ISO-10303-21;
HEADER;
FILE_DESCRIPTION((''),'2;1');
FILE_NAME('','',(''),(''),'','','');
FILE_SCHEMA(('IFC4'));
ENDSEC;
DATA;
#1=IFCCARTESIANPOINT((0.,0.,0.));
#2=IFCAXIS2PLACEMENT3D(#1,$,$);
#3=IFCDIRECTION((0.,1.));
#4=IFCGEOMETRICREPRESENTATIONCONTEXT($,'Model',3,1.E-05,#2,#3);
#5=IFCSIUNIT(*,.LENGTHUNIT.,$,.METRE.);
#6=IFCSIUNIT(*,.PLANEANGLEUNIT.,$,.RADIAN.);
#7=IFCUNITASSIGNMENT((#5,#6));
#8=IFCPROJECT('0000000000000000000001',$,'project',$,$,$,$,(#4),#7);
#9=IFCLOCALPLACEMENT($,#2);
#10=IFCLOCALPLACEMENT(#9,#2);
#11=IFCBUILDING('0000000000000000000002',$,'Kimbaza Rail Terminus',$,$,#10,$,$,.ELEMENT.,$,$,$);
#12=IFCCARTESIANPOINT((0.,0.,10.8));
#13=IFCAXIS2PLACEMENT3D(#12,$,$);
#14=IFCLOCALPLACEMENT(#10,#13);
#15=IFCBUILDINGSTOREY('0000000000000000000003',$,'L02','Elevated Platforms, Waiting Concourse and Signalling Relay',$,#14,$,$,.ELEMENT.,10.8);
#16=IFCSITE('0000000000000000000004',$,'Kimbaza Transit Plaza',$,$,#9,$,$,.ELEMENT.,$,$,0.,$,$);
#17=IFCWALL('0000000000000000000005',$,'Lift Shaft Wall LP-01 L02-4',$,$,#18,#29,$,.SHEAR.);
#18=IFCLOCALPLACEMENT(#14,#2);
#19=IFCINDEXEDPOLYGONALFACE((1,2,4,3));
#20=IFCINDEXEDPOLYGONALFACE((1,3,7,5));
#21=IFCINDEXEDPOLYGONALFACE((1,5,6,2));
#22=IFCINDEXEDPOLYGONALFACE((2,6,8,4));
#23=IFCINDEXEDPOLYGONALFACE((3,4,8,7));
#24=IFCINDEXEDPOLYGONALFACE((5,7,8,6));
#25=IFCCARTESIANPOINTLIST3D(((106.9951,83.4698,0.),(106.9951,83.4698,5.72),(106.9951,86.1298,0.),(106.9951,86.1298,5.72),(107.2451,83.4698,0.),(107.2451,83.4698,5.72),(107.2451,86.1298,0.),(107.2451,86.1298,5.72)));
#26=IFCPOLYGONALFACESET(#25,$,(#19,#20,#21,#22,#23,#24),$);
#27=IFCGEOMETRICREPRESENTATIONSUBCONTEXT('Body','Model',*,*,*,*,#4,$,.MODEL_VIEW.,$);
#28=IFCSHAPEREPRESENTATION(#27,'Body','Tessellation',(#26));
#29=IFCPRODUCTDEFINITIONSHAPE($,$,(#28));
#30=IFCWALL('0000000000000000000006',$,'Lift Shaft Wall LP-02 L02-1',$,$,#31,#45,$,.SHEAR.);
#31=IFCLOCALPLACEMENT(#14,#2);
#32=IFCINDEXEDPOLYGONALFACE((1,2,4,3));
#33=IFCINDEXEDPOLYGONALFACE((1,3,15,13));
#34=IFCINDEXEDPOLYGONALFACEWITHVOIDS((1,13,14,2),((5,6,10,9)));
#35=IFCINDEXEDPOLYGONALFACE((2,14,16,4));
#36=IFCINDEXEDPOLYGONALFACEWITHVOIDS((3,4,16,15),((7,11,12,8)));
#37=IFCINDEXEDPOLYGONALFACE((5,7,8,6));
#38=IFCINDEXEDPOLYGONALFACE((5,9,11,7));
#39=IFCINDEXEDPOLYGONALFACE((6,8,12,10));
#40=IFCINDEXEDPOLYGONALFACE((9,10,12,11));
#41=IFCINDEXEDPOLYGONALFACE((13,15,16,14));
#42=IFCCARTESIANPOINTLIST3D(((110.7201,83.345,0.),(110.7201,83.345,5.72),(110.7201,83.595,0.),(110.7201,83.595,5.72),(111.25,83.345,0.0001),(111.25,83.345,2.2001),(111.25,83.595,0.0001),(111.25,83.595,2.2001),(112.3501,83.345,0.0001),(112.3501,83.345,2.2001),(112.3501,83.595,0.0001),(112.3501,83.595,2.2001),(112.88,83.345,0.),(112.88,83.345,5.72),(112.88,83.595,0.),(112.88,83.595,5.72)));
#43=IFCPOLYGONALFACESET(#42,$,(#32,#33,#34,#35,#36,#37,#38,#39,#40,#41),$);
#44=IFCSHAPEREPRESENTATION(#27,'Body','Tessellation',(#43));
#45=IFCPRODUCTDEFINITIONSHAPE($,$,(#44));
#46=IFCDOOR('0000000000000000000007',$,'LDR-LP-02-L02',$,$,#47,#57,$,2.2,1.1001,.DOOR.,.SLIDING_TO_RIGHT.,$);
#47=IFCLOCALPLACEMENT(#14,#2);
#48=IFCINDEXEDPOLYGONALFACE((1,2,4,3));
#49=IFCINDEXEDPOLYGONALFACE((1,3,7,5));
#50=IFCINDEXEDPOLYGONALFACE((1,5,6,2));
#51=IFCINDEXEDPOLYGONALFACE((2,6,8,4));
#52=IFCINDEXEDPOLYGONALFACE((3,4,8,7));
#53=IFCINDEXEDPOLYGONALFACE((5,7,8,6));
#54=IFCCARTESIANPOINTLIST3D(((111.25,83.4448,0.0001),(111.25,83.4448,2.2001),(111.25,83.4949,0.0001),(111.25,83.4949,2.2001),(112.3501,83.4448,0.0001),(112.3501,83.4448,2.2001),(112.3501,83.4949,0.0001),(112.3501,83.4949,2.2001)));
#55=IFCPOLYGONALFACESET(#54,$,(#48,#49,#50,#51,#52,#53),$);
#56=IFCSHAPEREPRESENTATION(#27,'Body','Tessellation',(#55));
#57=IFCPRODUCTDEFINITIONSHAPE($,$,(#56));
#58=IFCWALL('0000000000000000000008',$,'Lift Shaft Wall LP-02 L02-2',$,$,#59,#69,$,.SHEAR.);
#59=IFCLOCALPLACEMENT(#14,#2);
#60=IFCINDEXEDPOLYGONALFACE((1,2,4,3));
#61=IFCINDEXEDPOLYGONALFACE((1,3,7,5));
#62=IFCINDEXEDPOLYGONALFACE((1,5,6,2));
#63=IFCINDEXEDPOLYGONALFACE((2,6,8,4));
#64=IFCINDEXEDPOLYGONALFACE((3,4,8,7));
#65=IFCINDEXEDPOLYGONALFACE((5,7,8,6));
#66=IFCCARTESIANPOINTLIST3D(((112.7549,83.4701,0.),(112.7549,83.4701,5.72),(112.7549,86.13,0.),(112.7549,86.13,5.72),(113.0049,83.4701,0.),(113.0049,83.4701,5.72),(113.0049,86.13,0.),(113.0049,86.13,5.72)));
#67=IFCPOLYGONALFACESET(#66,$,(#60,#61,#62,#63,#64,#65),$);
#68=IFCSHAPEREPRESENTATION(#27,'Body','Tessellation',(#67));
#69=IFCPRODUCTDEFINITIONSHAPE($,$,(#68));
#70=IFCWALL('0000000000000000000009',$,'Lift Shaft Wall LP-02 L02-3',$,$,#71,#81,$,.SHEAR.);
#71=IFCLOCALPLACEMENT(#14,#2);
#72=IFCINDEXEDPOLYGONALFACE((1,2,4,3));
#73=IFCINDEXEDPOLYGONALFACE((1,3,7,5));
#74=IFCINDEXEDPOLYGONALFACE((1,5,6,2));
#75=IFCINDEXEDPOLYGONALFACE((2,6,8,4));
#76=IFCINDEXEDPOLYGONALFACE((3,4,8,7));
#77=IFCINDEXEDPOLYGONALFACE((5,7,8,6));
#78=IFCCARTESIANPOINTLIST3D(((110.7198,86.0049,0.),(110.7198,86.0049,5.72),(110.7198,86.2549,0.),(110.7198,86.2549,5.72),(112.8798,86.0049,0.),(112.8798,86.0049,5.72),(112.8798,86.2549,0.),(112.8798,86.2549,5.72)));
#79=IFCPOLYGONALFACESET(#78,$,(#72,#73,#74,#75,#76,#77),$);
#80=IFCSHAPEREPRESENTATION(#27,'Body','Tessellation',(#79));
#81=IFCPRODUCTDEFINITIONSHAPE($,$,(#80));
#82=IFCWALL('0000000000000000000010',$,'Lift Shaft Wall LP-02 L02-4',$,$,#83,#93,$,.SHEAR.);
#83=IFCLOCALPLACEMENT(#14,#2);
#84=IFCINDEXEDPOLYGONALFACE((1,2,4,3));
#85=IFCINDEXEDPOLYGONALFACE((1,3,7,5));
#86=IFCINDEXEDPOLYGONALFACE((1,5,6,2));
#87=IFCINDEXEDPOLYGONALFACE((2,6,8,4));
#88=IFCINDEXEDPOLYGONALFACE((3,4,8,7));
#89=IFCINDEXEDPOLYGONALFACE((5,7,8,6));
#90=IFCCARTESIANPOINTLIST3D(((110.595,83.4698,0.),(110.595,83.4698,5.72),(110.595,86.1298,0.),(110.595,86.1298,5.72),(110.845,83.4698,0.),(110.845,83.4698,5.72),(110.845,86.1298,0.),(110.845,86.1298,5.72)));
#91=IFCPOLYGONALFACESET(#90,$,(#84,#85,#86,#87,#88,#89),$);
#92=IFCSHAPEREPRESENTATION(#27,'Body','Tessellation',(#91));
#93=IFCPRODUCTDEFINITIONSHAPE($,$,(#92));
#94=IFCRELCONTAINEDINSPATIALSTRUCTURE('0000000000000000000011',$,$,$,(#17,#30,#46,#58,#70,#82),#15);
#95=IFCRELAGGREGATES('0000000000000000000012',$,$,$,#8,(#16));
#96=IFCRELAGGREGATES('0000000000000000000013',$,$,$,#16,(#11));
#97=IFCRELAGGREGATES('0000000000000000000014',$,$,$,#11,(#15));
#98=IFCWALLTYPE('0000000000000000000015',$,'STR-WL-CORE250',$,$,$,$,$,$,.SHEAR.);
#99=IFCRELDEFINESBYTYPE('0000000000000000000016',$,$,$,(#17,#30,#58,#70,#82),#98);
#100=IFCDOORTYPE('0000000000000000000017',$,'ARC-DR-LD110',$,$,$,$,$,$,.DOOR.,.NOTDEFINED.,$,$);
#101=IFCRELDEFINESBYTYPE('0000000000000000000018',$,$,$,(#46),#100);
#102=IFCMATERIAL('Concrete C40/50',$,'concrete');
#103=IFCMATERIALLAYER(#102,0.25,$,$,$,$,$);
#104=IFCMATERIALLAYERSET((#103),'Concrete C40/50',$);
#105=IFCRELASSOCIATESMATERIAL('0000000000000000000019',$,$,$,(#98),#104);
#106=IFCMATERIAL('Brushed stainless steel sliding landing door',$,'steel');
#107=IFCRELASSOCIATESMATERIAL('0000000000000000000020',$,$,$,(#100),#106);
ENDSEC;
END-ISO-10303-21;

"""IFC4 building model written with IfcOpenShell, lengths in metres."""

from ifc_helpers import new_model, si_unit, direction, frame, frame_2d, origin, place, context, subcontext, project, spatial, rectangle, extrude, material, layer, layer_set, type_object, element, fill, save


model = new_model("IFC4")

# Units and contexts
model_context = context("Model", 3, precision=1e-05, world=origin(), true_north=direction((0.0, 1.0)))
body_context = subcontext(model_context, "Body", "Model", "MODEL_VIEW")
ifc_project = project(units=[si_unit("LENGTHUNIT", "METRE"), si_unit("PLANEANGLEUNIT", "RADIAN")], contexts=[model_context])

# Site, building, storey
site_placement = place(None, origin())
site = spatial("IfcSite", under=ifc_project, at=site_placement, Name="Kimbaza Transit Plaza", CompositionType="ELEMENT", RefElevation=0.0)
building_placement = place(site_placement, origin())
building = spatial("IfcBuilding", under=site, at=building_placement, Name="Kimbaza Rail Terminus", CompositionType="ELEMENT")
storey_placement = place(building_placement, frame((0.0, 0.0, 10.8)))
storey = spatial("IfcBuildingStorey", under=building, at=storey_placement, Name="L02", Description="Elevated Platforms, Waiting Concourse and Signalling Relay", CompositionType="ELEMENT", Elevation=10.8)

# Shared definitions
ifc_material_1 = material(Name="Concrete C40/50", Category="concrete")
ifc_layer_1 = layer(ifc_material_1, 0.25)
ifc_layer_set_1 = layer_set([ifc_layer_1], Name="Concrete C40/50")
wall_type = type_object("IfcWallType", Name="STR-WL-CORE250", PredefinedType="SHEAR", material=ifc_layer_set_1)
ifc_material_2 = material(Name="Brushed stainless steel sliding landing door", Category="steel")
door_type = type_object("IfcDoorType", Name="ARC-DR-LD110", OperationType="NOTDEFINED", PredefinedType="DOOR", material=ifc_material_2)

# Wall
wall_1_placement = place(storey_placement, frame((107.1201, 86.1299, 0.0), z_axis=(0.0, 0.0, 1.0), x_axis=(0.0, -1.0, 0.0)))
element("IfcWall", 1, at=wall_1_placement, inside=storey, type_object=wall_type, Name="Lift Shaft Wall LP-01 L02-4", PredefinedType="SHEAR", context=body_context, shape_type="SweptSolid", body=[
    extrude(rectangle(XDim=2.6599, YDim=0.25, at=frame_2d((1.3301, 0.0))), origin(), (0.0, 0.0, 1.0), 5.72),
])

# Wall, opening, door
wall_2_placement = place(storey_placement, frame((110.72, 83.47, 0.0), z_axis=(0.0, 0.0, 1.0), x_axis=(1.0, 0.0, 0.0)))
wall_2 = element("IfcWall", 2, at=wall_2_placement, inside=storey, type_object=wall_type, Name="Lift Shaft Wall LP-02 L02-1", PredefinedType="SHEAR", context=body_context, shape_type="SweptSolid", body=[
    extrude(rectangle(XDim=2.1599, YDim=0.25, at=frame_2d((1.0801, 0.0))), origin(), (0.0, 0.0, 1.0), 5.72),
])
opening_1_placement = place(wall_2_placement, frame((0.53, 0.0, 0.0)))
opening_1 = element("IfcOpeningElement", 3, at=opening_1_placement, cuts=wall_2, PredefinedType="OPENING", context=body_context, shape_type="SweptSolid", body=[
    extrude(rectangle(XDim=1.1001, YDim=2.2, at=frame_2d((0.55, 1.1001))), frame((0.0, 0.135, 0.0), z_axis=(0.0, -1.0, 0.0), x_axis=(1.0, 0.0, 0.0)), (0.0, 0.0, 1.0), 0.27),
])
door_1_placement = place(opening_1_placement, origin())
door_1 = element("IfcDoor", 4, at=door_1_placement, inside=storey, type_object=door_type, Name="LDR-LP-02-L02", OperationType="SLIDING_TO_RIGHT", OverallHeight=2.2, OverallWidth=1.1001, PredefinedType="DOOR", context=body_context, shape_type="SweptSolid", body=[
    extrude(rectangle(XDim=1.1001, YDim=2.2, at=frame_2d((0.55, 1.1001))), frame((0.0, 0.0249, 0.0), z_axis=(0.0, -1.0, 0.0), x_axis=(1.0, 0.0, 0.0)), (0.0, 0.0, 1.0), 0.05),
])
fill(opening_1, door_1)

# Walls
wall_3_placement = place(storey_placement, frame((112.8799, 83.47, 0.0), z_axis=(0.0, 0.0, 1.0), x_axis=(0.0, 1.0, 0.0)))
element("IfcWall", 5, at=wall_3_placement, inside=storey, type_object=wall_type, Name="Lift Shaft Wall LP-02 L02-2", PredefinedType="SHEAR", context=body_context, shape_type="SweptSolid", body=[
    extrude(rectangle(XDim=2.6599, YDim=0.25, at=frame_2d((1.3301, 0.0))), origin(), (0.0, 0.0, 1.0), 5.72),
])
wall_4_placement = place(storey_placement, frame((112.8799, 86.1299, 0.0), z_axis=(0.0, 0.0, 1.0), x_axis=(-1.0, 0.0, 0.0)))
element("IfcWall", 6, at=wall_4_placement, inside=storey, type_object=wall_type, Name="Lift Shaft Wall LP-02 L02-3", PredefinedType="SHEAR", context=body_context, shape_type="SweptSolid", body=[
    extrude(rectangle(XDim=2.1599, YDim=0.25, at=frame_2d((1.0801, 0.0))), origin(), (0.0, 0.0, 1.0), 5.72),
])
wall_5_placement = place(storey_placement, frame((110.72, 86.1299, 0.0), z_axis=(0.0, 0.0, 1.0), x_axis=(0.0, -1.0, 0.0)))
element("IfcWall", 7, at=wall_5_placement, inside=storey, type_object=wall_type, Name="Lift Shaft Wall LP-02 L02-4", PredefinedType="SHEAR", context=body_context, shape_type="SweptSolid", body=[
    extrude(rectangle(XDim=2.6599, YDim=0.25, at=frame_2d((1.3301, 0.0))), origin(), (0.0, 0.0, 1.0), 5.72),
])

save(model, "model.ifc")
